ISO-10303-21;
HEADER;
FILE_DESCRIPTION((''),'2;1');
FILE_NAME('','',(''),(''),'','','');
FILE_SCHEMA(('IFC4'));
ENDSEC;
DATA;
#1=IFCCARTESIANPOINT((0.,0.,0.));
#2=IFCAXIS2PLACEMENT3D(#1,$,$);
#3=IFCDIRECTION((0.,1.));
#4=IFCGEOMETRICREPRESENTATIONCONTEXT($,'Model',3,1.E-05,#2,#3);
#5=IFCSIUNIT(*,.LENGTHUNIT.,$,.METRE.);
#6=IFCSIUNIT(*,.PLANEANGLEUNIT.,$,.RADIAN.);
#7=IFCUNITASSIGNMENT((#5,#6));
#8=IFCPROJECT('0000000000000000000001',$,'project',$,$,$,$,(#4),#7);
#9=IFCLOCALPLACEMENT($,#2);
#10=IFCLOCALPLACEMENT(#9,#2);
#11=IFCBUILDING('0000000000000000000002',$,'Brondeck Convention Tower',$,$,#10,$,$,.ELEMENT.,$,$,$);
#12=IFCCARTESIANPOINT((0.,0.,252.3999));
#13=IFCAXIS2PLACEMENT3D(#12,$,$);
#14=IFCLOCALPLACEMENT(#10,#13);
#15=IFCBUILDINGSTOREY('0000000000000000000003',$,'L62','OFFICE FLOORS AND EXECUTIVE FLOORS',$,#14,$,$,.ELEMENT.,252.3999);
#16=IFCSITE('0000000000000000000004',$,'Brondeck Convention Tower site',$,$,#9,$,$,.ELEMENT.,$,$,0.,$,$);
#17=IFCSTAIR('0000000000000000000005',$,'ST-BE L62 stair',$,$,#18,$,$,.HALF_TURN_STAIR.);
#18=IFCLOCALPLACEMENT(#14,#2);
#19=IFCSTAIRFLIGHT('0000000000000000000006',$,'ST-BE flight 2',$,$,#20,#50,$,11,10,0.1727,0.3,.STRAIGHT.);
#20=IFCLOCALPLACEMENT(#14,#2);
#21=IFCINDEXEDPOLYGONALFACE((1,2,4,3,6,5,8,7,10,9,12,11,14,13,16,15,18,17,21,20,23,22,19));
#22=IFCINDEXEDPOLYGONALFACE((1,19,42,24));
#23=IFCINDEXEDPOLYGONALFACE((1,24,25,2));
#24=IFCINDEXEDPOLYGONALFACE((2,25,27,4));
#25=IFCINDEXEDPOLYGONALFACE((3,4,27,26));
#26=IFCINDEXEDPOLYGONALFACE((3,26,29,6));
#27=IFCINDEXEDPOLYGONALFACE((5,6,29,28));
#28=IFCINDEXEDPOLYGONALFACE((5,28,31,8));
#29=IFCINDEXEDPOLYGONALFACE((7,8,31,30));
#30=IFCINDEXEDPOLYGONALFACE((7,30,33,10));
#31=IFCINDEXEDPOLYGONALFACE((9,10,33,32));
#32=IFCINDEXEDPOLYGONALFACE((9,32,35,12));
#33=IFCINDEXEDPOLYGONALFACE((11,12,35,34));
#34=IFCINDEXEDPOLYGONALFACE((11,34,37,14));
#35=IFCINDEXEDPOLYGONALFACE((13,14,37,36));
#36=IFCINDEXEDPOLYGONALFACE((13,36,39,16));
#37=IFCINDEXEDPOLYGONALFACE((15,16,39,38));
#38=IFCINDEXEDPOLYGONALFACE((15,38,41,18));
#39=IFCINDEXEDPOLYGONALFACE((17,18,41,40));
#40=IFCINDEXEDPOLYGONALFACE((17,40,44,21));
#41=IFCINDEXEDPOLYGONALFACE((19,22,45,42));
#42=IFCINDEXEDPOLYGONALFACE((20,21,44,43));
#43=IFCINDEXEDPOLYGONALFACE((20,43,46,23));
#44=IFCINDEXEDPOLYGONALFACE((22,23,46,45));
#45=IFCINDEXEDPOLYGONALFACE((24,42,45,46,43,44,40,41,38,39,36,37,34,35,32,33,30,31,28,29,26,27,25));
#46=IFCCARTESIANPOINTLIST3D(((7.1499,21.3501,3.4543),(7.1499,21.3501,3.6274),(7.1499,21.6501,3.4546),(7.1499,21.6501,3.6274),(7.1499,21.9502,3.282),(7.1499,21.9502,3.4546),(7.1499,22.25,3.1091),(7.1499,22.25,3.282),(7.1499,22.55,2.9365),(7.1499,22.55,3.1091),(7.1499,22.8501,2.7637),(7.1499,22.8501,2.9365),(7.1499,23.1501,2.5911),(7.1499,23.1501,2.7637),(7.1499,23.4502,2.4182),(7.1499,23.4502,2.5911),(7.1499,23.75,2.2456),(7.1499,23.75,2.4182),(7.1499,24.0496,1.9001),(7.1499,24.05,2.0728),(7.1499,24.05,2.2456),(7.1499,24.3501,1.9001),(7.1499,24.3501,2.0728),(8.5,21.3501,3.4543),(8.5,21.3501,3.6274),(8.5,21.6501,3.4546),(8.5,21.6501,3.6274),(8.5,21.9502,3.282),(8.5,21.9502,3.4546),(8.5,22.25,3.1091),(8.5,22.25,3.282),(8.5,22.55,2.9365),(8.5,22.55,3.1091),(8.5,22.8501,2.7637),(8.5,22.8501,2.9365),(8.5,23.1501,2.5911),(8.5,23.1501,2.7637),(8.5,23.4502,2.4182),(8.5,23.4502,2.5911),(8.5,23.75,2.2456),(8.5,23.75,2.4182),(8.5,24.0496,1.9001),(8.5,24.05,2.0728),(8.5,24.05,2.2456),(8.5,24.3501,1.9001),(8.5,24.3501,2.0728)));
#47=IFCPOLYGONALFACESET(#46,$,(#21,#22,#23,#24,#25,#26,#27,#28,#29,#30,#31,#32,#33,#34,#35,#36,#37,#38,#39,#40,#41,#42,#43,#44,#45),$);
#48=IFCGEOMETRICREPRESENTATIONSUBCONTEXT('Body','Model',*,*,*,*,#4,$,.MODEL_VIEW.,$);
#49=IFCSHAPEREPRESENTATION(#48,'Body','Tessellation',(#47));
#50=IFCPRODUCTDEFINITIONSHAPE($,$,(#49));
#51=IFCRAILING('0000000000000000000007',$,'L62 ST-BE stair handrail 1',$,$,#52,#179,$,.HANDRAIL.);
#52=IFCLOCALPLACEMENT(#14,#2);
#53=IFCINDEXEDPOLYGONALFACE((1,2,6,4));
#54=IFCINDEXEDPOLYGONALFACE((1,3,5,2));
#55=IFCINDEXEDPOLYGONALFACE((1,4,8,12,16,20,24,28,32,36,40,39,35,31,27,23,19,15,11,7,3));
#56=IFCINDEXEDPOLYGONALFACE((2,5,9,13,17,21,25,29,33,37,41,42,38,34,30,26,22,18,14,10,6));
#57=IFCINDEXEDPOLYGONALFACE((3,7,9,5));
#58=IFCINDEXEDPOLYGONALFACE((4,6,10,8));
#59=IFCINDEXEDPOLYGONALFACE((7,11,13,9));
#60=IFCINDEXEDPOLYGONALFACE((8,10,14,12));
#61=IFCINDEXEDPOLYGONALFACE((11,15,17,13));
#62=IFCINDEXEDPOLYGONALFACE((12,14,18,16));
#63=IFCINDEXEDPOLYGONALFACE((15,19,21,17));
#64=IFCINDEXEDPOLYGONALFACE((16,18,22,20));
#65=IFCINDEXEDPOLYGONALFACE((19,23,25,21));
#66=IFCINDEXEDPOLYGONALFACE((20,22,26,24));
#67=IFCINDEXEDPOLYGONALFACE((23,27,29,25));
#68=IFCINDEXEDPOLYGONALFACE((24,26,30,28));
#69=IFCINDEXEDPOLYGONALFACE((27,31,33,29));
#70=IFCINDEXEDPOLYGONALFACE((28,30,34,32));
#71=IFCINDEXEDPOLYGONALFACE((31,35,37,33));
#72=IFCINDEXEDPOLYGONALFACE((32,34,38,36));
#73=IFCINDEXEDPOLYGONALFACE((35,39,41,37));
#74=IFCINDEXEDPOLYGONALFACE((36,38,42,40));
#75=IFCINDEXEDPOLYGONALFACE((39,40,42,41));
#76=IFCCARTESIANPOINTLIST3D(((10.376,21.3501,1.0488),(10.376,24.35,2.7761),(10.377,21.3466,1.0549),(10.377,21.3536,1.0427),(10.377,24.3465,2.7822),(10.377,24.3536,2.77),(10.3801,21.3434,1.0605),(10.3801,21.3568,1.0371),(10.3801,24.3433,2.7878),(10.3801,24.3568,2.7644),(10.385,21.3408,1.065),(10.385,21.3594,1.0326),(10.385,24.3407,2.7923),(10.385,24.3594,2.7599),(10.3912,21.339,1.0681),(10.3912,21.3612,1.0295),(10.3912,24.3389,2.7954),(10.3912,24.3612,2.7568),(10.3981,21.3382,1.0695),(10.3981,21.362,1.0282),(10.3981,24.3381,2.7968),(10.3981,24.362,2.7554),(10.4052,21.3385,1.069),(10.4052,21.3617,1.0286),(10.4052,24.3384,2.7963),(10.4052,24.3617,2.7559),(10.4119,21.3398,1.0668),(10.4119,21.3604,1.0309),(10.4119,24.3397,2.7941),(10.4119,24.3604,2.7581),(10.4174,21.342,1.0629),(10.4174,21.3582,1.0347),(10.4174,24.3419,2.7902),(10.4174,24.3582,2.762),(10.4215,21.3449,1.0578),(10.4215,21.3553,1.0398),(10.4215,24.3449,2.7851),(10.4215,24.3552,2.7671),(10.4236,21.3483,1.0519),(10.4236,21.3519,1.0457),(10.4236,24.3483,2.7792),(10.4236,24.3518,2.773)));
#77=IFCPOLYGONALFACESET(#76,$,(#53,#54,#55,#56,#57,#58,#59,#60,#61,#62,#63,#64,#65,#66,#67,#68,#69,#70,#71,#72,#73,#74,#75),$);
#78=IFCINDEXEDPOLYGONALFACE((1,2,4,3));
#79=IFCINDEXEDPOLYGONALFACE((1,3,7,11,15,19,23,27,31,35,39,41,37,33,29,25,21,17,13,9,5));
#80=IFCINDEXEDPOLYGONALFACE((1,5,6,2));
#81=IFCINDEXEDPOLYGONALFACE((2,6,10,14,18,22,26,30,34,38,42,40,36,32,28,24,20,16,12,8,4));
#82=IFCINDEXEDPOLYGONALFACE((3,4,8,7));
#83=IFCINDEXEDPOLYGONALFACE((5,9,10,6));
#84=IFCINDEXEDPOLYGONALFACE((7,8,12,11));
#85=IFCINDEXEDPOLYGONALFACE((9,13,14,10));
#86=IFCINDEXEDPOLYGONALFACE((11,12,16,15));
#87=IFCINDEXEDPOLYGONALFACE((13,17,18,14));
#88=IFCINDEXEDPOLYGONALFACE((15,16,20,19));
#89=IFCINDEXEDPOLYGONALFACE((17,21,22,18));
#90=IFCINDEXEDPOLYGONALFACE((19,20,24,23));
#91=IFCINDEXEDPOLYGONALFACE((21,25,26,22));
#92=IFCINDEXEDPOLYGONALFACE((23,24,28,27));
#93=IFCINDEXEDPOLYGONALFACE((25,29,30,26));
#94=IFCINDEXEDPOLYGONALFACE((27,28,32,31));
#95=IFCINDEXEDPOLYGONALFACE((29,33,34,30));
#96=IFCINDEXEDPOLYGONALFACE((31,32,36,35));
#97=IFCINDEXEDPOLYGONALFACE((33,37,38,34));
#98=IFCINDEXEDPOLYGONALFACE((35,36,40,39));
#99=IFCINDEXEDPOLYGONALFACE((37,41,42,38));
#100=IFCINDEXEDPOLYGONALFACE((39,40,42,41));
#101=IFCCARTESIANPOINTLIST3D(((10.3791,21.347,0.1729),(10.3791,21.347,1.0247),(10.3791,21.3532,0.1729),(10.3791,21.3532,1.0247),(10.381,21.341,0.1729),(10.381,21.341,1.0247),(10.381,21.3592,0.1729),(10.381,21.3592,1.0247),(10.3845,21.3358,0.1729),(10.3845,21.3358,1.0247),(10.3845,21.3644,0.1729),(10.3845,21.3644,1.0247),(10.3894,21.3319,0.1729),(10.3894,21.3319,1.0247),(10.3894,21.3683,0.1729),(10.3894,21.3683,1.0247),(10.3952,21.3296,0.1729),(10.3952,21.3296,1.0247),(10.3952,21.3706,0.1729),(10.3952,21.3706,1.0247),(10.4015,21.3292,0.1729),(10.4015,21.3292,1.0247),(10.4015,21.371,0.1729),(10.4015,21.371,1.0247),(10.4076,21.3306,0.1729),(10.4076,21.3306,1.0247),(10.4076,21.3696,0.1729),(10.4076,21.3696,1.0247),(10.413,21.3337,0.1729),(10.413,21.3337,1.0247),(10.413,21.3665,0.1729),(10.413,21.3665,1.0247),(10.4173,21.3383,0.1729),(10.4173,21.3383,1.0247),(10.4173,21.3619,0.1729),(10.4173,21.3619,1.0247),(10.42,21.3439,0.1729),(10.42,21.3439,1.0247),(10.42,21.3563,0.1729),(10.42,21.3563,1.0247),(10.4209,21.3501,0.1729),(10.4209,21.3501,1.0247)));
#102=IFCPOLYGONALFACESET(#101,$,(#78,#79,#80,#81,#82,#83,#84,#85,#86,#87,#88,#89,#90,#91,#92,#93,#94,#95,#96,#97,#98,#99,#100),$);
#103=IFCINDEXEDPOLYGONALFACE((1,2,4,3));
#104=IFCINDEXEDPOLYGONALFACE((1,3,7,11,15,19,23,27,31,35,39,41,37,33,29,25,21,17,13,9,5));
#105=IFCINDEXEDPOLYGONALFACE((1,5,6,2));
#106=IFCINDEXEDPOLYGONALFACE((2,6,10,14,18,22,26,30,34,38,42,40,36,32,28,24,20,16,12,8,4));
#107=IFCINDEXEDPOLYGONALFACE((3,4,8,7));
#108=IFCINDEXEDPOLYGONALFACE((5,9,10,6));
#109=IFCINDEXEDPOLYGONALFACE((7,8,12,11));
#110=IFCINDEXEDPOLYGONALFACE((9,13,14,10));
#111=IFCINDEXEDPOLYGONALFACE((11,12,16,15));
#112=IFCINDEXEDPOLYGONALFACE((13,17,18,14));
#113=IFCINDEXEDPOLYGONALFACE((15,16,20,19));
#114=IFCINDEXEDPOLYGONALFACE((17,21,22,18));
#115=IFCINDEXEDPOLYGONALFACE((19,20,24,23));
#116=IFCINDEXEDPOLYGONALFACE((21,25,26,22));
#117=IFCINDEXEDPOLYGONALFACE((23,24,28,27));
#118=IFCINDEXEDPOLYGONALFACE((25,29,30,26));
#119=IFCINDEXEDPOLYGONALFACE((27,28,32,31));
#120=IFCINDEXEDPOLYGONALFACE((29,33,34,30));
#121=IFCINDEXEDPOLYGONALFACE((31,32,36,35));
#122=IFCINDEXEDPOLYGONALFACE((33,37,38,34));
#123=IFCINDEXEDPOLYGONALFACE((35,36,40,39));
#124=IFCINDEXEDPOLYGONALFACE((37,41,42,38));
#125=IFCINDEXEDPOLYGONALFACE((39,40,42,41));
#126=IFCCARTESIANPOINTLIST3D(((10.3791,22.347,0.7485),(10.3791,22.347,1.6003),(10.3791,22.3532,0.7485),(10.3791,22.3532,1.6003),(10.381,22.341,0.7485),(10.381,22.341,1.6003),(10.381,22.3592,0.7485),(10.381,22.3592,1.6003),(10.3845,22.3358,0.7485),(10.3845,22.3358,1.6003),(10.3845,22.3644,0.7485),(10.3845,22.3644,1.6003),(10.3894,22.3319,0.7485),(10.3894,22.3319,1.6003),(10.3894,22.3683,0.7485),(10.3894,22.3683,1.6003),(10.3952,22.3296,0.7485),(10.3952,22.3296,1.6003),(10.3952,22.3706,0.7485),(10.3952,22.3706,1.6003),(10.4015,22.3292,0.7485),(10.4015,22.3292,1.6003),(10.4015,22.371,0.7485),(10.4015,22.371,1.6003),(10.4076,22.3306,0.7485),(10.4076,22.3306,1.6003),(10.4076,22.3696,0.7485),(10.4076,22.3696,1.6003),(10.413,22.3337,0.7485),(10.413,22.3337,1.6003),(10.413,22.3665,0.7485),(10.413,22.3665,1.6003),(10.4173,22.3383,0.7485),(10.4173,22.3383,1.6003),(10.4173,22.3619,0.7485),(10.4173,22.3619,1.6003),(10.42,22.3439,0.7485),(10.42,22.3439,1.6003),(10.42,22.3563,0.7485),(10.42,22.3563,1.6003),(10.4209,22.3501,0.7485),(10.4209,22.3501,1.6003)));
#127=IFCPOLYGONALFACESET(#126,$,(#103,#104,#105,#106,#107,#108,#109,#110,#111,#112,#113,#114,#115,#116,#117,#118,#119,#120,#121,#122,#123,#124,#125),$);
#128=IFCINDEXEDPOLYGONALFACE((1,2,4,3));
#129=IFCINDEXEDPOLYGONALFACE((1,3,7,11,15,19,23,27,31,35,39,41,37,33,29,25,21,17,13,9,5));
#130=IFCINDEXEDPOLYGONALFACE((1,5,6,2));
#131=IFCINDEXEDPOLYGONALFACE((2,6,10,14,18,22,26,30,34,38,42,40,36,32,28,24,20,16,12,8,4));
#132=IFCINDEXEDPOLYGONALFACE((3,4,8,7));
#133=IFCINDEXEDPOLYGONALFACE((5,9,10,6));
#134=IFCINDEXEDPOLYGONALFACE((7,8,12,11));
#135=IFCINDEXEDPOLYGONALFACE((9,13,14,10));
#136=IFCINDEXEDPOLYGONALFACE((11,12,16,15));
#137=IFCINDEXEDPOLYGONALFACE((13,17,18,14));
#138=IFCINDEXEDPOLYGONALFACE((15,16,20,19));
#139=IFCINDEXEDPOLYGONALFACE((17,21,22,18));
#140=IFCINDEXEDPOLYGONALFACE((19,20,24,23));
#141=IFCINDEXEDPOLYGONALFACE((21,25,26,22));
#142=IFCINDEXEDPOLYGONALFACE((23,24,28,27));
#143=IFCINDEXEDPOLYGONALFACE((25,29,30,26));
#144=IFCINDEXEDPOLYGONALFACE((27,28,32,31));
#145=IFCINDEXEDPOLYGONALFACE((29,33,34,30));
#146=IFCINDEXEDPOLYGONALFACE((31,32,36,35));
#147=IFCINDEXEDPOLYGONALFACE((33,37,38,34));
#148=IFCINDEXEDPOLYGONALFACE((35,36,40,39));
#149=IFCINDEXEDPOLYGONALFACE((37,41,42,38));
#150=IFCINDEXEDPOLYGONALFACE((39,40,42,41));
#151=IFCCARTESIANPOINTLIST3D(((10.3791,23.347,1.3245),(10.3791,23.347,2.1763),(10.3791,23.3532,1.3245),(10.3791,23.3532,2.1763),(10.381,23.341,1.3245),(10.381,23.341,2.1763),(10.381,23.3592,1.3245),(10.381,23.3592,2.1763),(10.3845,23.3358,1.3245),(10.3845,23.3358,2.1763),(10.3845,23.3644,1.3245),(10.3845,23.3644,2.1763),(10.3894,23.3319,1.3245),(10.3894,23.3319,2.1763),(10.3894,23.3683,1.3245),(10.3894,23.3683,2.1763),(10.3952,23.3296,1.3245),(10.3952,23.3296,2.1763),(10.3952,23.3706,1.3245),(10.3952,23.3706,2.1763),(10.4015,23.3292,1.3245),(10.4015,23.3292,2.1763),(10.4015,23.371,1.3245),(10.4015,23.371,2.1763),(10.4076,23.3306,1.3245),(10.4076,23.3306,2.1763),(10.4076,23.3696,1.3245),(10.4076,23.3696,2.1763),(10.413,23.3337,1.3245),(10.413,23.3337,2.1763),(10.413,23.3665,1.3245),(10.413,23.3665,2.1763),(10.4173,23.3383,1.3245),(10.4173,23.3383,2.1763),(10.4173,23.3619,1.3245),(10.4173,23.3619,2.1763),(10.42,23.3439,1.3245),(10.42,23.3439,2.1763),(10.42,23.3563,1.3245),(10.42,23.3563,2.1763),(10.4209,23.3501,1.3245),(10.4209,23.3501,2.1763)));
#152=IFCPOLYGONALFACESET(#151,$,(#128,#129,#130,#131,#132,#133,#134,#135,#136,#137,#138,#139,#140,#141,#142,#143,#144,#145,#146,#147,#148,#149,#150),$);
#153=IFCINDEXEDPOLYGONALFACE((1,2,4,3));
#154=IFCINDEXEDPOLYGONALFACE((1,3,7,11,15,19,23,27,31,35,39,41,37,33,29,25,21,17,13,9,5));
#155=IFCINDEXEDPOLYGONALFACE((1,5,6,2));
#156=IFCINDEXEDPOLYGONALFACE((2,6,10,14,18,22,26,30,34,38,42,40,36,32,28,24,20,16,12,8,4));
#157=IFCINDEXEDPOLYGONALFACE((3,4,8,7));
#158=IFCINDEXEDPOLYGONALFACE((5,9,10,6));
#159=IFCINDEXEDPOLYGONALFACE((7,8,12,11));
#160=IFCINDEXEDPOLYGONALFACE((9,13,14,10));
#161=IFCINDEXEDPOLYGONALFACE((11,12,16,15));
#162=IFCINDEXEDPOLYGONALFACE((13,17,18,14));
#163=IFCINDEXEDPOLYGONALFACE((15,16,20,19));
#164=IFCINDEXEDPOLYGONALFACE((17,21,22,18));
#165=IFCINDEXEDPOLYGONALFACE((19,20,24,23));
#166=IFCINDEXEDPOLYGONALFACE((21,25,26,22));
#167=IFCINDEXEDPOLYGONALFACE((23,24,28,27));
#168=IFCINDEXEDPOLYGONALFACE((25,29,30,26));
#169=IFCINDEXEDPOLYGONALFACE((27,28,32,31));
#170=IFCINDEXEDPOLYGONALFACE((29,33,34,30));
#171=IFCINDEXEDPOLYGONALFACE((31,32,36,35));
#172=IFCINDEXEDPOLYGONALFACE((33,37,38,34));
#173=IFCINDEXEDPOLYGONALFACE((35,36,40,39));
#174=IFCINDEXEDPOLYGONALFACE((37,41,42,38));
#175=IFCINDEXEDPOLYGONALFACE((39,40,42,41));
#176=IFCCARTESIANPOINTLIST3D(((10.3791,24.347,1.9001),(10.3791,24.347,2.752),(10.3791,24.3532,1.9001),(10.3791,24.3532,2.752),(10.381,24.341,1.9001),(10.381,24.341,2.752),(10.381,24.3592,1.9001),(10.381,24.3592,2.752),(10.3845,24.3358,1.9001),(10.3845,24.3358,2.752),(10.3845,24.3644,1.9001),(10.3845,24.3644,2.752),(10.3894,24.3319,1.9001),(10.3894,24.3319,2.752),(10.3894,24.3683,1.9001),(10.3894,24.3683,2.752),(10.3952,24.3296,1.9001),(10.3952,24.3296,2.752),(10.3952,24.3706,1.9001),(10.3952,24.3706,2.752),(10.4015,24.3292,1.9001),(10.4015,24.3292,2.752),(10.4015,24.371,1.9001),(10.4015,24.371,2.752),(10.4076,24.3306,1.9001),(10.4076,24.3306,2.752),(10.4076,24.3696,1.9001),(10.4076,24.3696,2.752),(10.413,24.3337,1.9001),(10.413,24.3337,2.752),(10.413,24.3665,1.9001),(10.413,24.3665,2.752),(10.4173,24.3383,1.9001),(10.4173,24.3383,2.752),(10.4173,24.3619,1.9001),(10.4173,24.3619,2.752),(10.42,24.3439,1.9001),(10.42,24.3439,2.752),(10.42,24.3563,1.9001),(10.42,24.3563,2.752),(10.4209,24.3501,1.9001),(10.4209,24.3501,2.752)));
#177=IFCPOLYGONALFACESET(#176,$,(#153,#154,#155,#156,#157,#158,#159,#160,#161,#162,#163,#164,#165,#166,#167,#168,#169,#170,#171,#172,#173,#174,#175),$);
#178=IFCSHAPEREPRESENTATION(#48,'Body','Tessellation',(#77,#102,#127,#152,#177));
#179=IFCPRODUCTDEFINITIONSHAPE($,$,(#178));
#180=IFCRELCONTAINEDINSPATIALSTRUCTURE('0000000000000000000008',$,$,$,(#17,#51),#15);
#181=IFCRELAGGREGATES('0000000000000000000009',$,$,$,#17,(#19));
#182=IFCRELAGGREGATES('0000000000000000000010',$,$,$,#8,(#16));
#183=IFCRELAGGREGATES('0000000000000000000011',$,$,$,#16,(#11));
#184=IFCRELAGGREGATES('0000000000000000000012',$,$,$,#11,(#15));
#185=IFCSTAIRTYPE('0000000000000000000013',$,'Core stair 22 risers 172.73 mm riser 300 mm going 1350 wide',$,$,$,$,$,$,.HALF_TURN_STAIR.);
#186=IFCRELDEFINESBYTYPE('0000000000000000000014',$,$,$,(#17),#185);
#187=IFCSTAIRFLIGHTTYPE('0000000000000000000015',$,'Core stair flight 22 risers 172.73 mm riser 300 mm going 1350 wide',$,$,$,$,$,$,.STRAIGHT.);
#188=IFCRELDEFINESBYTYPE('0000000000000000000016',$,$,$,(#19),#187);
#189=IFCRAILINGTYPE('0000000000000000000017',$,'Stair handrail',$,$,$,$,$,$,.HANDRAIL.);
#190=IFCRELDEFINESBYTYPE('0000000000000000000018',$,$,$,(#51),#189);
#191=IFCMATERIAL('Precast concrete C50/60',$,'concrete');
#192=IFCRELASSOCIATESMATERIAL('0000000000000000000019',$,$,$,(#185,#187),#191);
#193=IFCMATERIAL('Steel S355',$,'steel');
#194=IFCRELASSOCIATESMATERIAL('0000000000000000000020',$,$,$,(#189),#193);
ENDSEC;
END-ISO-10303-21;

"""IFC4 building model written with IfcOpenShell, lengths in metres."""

from ifc_helpers import new_model, si_unit, direction, frame, origin, origin_2d, place, context, subcontext, project, spatial, polyline, circle, outline, extrude, material, type_object, element, aggregate, save


model = new_model("IFC4")

# Units and contexts
model_context = context("Model", 3, precision=1e-05, world=origin(), true_north=direction((0.0, 1.0)))
body_context = subcontext(model_context, "Body", "Model", "MODEL_VIEW")
ifc_project = project(units=[si_unit("LENGTHUNIT", "METRE"), si_unit("PLANEANGLEUNIT", "RADIAN")], contexts=[model_context])

# Site, building, storey
site_placement = place(None, origin())
site = spatial("IfcSite", under=ifc_project, at=site_placement, Name="Brondeck Convention Tower site", CompositionType="ELEMENT", RefElevation=0.0)
building_placement = place(site_placement, origin())
building = spatial("IfcBuilding", under=site, at=building_placement, Name="Brondeck Convention Tower", CompositionType="ELEMENT")
storey_placement = place(building_placement, frame((0.0, 0.0, 252.3999)))
storey = spatial("IfcBuildingStorey", under=building, at=storey_placement, Name="L62", Description="OFFICE FLOORS AND EXECUTIVE FLOORS", CompositionType="ELEMENT", Elevation=252.3999)

# Shared definitions
ifc_material_1 = material(Name="Steel S355", Category="steel")

# Stair, stair flight
ifc_material_2 = material(Name="Precast concrete C50/60", Category="concrete")
stair_type = type_object("IfcStairType", Name="Core stair 22 risers 172.73 mm riser 300 mm going 1350 wide", PredefinedType="HALF_TURN_STAIR", material=ifc_material_2)
stair_placement = place(storey_placement, origin())
stair = element("IfcStair", 1, at=stair_placement, inside=storey, type_object=stair_type, Name="ST-BE L62 stair", PredefinedType="HALF_TURN_STAIR")
stair_flight_type = type_object("IfcStairFlightType", Name="Core stair flight 22 risers 172.73 mm riser 300 mm going 1350 wide", PredefinedType="STRAIGHT", material=ifc_material_2)
stair_flight_placement = place(storey_placement, frame((7.825, 24.3501, 1.9001), z_axis=(0.0, 0.0, 1.0), x_axis=(0.0, -1.0, 0.0)))
stair_flight = element("IfcStairFlight", 2, at=stair_flight_placement, type_object=stair_flight_type, Name="ST-BE flight 2", NumberOfRisers=11, NumberOfTreads=10, PredefinedType="STRAIGHT", RiserHeight=0.1727, TreadLength=0.3, context=body_context, shape_type="SweptSolid", body=[
    extrude(outline(polyline([(0.0, 0.0), (0.0, 0.1726), (0.3, 0.1726), (0.3, 0.3455), (0.6001, 0.3455), (0.6001, 0.5181), (0.8999, 0.5181), (0.8999, 0.6909), (1.2, 0.6909), (1.2, 0.8635), (1.5, 0.8635), (1.5, 1.0364), (1.8, 1.0364), (1.8, 1.209), (2.1001, 1.209), (2.1001, 1.3818), (2.3999, 1.3818), (2.3999, 1.5544), (2.7, 1.5544), (2.7, 1.7273), (3.0, 1.7273), (3.0, 1.8999), (3.0, 1.5542), (0.3005, 0.0), (0.0, 0.0)])), frame((0.0, 0.675, 0.0), z_axis=(0.0, -1.0, 0.0), x_axis=(1.0, 0.0, 0.0)), (0.0, 0.0, 1.0), 1.3501),
])
aggregate(stair, [stair_flight])

# Railing
railing_type = type_object("IfcRailingType", Name="Stair handrail", PredefinedType="HANDRAIL", material=ifc_material_1)
railing_1_placement = place(storey_placement, frame((10.3999, 21.3501, 0.1729)))
element("IfcRailing", 3, at=railing_1_placement, inside=storey, type_object=railing_type, Name="L62 ST-BE stair handrail 1", PredefinedType="HANDRAIL", context=body_context, shape_type="SweptSolid", body=[
    extrude(circle(Radius=0.0239, at=origin_2d()), frame((0.0, 0.0, 0.876), z_axis=(0.0, 0.86662, 0.498969), x_axis=(-1.0, 0.0, 0.0)), (0.0, 0.0, 1.0), 3.4617),
    extrude(circle(Radius=0.021, at=origin_2d()), origin(), (0.0, 0.0, 1.0), 0.8518),
    extrude(circle(Radius=0.021, at=origin_2d()), frame((0.0, 1.0, 0.5757)), (0.0, 0.0, 1.0), 0.8518),
    extrude(circle(Radius=0.021, at=origin_2d()), frame((0.0, 2.0, 1.1516)), (0.0, 0.0, 1.0), 0.8518),
    extrude(circle(Radius=0.021, at=origin_2d()), frame((0.0, 3.0, 1.7273)), (0.0, 0.0, 1.0), 0.8518),
])

save(model, "model.ifc")
